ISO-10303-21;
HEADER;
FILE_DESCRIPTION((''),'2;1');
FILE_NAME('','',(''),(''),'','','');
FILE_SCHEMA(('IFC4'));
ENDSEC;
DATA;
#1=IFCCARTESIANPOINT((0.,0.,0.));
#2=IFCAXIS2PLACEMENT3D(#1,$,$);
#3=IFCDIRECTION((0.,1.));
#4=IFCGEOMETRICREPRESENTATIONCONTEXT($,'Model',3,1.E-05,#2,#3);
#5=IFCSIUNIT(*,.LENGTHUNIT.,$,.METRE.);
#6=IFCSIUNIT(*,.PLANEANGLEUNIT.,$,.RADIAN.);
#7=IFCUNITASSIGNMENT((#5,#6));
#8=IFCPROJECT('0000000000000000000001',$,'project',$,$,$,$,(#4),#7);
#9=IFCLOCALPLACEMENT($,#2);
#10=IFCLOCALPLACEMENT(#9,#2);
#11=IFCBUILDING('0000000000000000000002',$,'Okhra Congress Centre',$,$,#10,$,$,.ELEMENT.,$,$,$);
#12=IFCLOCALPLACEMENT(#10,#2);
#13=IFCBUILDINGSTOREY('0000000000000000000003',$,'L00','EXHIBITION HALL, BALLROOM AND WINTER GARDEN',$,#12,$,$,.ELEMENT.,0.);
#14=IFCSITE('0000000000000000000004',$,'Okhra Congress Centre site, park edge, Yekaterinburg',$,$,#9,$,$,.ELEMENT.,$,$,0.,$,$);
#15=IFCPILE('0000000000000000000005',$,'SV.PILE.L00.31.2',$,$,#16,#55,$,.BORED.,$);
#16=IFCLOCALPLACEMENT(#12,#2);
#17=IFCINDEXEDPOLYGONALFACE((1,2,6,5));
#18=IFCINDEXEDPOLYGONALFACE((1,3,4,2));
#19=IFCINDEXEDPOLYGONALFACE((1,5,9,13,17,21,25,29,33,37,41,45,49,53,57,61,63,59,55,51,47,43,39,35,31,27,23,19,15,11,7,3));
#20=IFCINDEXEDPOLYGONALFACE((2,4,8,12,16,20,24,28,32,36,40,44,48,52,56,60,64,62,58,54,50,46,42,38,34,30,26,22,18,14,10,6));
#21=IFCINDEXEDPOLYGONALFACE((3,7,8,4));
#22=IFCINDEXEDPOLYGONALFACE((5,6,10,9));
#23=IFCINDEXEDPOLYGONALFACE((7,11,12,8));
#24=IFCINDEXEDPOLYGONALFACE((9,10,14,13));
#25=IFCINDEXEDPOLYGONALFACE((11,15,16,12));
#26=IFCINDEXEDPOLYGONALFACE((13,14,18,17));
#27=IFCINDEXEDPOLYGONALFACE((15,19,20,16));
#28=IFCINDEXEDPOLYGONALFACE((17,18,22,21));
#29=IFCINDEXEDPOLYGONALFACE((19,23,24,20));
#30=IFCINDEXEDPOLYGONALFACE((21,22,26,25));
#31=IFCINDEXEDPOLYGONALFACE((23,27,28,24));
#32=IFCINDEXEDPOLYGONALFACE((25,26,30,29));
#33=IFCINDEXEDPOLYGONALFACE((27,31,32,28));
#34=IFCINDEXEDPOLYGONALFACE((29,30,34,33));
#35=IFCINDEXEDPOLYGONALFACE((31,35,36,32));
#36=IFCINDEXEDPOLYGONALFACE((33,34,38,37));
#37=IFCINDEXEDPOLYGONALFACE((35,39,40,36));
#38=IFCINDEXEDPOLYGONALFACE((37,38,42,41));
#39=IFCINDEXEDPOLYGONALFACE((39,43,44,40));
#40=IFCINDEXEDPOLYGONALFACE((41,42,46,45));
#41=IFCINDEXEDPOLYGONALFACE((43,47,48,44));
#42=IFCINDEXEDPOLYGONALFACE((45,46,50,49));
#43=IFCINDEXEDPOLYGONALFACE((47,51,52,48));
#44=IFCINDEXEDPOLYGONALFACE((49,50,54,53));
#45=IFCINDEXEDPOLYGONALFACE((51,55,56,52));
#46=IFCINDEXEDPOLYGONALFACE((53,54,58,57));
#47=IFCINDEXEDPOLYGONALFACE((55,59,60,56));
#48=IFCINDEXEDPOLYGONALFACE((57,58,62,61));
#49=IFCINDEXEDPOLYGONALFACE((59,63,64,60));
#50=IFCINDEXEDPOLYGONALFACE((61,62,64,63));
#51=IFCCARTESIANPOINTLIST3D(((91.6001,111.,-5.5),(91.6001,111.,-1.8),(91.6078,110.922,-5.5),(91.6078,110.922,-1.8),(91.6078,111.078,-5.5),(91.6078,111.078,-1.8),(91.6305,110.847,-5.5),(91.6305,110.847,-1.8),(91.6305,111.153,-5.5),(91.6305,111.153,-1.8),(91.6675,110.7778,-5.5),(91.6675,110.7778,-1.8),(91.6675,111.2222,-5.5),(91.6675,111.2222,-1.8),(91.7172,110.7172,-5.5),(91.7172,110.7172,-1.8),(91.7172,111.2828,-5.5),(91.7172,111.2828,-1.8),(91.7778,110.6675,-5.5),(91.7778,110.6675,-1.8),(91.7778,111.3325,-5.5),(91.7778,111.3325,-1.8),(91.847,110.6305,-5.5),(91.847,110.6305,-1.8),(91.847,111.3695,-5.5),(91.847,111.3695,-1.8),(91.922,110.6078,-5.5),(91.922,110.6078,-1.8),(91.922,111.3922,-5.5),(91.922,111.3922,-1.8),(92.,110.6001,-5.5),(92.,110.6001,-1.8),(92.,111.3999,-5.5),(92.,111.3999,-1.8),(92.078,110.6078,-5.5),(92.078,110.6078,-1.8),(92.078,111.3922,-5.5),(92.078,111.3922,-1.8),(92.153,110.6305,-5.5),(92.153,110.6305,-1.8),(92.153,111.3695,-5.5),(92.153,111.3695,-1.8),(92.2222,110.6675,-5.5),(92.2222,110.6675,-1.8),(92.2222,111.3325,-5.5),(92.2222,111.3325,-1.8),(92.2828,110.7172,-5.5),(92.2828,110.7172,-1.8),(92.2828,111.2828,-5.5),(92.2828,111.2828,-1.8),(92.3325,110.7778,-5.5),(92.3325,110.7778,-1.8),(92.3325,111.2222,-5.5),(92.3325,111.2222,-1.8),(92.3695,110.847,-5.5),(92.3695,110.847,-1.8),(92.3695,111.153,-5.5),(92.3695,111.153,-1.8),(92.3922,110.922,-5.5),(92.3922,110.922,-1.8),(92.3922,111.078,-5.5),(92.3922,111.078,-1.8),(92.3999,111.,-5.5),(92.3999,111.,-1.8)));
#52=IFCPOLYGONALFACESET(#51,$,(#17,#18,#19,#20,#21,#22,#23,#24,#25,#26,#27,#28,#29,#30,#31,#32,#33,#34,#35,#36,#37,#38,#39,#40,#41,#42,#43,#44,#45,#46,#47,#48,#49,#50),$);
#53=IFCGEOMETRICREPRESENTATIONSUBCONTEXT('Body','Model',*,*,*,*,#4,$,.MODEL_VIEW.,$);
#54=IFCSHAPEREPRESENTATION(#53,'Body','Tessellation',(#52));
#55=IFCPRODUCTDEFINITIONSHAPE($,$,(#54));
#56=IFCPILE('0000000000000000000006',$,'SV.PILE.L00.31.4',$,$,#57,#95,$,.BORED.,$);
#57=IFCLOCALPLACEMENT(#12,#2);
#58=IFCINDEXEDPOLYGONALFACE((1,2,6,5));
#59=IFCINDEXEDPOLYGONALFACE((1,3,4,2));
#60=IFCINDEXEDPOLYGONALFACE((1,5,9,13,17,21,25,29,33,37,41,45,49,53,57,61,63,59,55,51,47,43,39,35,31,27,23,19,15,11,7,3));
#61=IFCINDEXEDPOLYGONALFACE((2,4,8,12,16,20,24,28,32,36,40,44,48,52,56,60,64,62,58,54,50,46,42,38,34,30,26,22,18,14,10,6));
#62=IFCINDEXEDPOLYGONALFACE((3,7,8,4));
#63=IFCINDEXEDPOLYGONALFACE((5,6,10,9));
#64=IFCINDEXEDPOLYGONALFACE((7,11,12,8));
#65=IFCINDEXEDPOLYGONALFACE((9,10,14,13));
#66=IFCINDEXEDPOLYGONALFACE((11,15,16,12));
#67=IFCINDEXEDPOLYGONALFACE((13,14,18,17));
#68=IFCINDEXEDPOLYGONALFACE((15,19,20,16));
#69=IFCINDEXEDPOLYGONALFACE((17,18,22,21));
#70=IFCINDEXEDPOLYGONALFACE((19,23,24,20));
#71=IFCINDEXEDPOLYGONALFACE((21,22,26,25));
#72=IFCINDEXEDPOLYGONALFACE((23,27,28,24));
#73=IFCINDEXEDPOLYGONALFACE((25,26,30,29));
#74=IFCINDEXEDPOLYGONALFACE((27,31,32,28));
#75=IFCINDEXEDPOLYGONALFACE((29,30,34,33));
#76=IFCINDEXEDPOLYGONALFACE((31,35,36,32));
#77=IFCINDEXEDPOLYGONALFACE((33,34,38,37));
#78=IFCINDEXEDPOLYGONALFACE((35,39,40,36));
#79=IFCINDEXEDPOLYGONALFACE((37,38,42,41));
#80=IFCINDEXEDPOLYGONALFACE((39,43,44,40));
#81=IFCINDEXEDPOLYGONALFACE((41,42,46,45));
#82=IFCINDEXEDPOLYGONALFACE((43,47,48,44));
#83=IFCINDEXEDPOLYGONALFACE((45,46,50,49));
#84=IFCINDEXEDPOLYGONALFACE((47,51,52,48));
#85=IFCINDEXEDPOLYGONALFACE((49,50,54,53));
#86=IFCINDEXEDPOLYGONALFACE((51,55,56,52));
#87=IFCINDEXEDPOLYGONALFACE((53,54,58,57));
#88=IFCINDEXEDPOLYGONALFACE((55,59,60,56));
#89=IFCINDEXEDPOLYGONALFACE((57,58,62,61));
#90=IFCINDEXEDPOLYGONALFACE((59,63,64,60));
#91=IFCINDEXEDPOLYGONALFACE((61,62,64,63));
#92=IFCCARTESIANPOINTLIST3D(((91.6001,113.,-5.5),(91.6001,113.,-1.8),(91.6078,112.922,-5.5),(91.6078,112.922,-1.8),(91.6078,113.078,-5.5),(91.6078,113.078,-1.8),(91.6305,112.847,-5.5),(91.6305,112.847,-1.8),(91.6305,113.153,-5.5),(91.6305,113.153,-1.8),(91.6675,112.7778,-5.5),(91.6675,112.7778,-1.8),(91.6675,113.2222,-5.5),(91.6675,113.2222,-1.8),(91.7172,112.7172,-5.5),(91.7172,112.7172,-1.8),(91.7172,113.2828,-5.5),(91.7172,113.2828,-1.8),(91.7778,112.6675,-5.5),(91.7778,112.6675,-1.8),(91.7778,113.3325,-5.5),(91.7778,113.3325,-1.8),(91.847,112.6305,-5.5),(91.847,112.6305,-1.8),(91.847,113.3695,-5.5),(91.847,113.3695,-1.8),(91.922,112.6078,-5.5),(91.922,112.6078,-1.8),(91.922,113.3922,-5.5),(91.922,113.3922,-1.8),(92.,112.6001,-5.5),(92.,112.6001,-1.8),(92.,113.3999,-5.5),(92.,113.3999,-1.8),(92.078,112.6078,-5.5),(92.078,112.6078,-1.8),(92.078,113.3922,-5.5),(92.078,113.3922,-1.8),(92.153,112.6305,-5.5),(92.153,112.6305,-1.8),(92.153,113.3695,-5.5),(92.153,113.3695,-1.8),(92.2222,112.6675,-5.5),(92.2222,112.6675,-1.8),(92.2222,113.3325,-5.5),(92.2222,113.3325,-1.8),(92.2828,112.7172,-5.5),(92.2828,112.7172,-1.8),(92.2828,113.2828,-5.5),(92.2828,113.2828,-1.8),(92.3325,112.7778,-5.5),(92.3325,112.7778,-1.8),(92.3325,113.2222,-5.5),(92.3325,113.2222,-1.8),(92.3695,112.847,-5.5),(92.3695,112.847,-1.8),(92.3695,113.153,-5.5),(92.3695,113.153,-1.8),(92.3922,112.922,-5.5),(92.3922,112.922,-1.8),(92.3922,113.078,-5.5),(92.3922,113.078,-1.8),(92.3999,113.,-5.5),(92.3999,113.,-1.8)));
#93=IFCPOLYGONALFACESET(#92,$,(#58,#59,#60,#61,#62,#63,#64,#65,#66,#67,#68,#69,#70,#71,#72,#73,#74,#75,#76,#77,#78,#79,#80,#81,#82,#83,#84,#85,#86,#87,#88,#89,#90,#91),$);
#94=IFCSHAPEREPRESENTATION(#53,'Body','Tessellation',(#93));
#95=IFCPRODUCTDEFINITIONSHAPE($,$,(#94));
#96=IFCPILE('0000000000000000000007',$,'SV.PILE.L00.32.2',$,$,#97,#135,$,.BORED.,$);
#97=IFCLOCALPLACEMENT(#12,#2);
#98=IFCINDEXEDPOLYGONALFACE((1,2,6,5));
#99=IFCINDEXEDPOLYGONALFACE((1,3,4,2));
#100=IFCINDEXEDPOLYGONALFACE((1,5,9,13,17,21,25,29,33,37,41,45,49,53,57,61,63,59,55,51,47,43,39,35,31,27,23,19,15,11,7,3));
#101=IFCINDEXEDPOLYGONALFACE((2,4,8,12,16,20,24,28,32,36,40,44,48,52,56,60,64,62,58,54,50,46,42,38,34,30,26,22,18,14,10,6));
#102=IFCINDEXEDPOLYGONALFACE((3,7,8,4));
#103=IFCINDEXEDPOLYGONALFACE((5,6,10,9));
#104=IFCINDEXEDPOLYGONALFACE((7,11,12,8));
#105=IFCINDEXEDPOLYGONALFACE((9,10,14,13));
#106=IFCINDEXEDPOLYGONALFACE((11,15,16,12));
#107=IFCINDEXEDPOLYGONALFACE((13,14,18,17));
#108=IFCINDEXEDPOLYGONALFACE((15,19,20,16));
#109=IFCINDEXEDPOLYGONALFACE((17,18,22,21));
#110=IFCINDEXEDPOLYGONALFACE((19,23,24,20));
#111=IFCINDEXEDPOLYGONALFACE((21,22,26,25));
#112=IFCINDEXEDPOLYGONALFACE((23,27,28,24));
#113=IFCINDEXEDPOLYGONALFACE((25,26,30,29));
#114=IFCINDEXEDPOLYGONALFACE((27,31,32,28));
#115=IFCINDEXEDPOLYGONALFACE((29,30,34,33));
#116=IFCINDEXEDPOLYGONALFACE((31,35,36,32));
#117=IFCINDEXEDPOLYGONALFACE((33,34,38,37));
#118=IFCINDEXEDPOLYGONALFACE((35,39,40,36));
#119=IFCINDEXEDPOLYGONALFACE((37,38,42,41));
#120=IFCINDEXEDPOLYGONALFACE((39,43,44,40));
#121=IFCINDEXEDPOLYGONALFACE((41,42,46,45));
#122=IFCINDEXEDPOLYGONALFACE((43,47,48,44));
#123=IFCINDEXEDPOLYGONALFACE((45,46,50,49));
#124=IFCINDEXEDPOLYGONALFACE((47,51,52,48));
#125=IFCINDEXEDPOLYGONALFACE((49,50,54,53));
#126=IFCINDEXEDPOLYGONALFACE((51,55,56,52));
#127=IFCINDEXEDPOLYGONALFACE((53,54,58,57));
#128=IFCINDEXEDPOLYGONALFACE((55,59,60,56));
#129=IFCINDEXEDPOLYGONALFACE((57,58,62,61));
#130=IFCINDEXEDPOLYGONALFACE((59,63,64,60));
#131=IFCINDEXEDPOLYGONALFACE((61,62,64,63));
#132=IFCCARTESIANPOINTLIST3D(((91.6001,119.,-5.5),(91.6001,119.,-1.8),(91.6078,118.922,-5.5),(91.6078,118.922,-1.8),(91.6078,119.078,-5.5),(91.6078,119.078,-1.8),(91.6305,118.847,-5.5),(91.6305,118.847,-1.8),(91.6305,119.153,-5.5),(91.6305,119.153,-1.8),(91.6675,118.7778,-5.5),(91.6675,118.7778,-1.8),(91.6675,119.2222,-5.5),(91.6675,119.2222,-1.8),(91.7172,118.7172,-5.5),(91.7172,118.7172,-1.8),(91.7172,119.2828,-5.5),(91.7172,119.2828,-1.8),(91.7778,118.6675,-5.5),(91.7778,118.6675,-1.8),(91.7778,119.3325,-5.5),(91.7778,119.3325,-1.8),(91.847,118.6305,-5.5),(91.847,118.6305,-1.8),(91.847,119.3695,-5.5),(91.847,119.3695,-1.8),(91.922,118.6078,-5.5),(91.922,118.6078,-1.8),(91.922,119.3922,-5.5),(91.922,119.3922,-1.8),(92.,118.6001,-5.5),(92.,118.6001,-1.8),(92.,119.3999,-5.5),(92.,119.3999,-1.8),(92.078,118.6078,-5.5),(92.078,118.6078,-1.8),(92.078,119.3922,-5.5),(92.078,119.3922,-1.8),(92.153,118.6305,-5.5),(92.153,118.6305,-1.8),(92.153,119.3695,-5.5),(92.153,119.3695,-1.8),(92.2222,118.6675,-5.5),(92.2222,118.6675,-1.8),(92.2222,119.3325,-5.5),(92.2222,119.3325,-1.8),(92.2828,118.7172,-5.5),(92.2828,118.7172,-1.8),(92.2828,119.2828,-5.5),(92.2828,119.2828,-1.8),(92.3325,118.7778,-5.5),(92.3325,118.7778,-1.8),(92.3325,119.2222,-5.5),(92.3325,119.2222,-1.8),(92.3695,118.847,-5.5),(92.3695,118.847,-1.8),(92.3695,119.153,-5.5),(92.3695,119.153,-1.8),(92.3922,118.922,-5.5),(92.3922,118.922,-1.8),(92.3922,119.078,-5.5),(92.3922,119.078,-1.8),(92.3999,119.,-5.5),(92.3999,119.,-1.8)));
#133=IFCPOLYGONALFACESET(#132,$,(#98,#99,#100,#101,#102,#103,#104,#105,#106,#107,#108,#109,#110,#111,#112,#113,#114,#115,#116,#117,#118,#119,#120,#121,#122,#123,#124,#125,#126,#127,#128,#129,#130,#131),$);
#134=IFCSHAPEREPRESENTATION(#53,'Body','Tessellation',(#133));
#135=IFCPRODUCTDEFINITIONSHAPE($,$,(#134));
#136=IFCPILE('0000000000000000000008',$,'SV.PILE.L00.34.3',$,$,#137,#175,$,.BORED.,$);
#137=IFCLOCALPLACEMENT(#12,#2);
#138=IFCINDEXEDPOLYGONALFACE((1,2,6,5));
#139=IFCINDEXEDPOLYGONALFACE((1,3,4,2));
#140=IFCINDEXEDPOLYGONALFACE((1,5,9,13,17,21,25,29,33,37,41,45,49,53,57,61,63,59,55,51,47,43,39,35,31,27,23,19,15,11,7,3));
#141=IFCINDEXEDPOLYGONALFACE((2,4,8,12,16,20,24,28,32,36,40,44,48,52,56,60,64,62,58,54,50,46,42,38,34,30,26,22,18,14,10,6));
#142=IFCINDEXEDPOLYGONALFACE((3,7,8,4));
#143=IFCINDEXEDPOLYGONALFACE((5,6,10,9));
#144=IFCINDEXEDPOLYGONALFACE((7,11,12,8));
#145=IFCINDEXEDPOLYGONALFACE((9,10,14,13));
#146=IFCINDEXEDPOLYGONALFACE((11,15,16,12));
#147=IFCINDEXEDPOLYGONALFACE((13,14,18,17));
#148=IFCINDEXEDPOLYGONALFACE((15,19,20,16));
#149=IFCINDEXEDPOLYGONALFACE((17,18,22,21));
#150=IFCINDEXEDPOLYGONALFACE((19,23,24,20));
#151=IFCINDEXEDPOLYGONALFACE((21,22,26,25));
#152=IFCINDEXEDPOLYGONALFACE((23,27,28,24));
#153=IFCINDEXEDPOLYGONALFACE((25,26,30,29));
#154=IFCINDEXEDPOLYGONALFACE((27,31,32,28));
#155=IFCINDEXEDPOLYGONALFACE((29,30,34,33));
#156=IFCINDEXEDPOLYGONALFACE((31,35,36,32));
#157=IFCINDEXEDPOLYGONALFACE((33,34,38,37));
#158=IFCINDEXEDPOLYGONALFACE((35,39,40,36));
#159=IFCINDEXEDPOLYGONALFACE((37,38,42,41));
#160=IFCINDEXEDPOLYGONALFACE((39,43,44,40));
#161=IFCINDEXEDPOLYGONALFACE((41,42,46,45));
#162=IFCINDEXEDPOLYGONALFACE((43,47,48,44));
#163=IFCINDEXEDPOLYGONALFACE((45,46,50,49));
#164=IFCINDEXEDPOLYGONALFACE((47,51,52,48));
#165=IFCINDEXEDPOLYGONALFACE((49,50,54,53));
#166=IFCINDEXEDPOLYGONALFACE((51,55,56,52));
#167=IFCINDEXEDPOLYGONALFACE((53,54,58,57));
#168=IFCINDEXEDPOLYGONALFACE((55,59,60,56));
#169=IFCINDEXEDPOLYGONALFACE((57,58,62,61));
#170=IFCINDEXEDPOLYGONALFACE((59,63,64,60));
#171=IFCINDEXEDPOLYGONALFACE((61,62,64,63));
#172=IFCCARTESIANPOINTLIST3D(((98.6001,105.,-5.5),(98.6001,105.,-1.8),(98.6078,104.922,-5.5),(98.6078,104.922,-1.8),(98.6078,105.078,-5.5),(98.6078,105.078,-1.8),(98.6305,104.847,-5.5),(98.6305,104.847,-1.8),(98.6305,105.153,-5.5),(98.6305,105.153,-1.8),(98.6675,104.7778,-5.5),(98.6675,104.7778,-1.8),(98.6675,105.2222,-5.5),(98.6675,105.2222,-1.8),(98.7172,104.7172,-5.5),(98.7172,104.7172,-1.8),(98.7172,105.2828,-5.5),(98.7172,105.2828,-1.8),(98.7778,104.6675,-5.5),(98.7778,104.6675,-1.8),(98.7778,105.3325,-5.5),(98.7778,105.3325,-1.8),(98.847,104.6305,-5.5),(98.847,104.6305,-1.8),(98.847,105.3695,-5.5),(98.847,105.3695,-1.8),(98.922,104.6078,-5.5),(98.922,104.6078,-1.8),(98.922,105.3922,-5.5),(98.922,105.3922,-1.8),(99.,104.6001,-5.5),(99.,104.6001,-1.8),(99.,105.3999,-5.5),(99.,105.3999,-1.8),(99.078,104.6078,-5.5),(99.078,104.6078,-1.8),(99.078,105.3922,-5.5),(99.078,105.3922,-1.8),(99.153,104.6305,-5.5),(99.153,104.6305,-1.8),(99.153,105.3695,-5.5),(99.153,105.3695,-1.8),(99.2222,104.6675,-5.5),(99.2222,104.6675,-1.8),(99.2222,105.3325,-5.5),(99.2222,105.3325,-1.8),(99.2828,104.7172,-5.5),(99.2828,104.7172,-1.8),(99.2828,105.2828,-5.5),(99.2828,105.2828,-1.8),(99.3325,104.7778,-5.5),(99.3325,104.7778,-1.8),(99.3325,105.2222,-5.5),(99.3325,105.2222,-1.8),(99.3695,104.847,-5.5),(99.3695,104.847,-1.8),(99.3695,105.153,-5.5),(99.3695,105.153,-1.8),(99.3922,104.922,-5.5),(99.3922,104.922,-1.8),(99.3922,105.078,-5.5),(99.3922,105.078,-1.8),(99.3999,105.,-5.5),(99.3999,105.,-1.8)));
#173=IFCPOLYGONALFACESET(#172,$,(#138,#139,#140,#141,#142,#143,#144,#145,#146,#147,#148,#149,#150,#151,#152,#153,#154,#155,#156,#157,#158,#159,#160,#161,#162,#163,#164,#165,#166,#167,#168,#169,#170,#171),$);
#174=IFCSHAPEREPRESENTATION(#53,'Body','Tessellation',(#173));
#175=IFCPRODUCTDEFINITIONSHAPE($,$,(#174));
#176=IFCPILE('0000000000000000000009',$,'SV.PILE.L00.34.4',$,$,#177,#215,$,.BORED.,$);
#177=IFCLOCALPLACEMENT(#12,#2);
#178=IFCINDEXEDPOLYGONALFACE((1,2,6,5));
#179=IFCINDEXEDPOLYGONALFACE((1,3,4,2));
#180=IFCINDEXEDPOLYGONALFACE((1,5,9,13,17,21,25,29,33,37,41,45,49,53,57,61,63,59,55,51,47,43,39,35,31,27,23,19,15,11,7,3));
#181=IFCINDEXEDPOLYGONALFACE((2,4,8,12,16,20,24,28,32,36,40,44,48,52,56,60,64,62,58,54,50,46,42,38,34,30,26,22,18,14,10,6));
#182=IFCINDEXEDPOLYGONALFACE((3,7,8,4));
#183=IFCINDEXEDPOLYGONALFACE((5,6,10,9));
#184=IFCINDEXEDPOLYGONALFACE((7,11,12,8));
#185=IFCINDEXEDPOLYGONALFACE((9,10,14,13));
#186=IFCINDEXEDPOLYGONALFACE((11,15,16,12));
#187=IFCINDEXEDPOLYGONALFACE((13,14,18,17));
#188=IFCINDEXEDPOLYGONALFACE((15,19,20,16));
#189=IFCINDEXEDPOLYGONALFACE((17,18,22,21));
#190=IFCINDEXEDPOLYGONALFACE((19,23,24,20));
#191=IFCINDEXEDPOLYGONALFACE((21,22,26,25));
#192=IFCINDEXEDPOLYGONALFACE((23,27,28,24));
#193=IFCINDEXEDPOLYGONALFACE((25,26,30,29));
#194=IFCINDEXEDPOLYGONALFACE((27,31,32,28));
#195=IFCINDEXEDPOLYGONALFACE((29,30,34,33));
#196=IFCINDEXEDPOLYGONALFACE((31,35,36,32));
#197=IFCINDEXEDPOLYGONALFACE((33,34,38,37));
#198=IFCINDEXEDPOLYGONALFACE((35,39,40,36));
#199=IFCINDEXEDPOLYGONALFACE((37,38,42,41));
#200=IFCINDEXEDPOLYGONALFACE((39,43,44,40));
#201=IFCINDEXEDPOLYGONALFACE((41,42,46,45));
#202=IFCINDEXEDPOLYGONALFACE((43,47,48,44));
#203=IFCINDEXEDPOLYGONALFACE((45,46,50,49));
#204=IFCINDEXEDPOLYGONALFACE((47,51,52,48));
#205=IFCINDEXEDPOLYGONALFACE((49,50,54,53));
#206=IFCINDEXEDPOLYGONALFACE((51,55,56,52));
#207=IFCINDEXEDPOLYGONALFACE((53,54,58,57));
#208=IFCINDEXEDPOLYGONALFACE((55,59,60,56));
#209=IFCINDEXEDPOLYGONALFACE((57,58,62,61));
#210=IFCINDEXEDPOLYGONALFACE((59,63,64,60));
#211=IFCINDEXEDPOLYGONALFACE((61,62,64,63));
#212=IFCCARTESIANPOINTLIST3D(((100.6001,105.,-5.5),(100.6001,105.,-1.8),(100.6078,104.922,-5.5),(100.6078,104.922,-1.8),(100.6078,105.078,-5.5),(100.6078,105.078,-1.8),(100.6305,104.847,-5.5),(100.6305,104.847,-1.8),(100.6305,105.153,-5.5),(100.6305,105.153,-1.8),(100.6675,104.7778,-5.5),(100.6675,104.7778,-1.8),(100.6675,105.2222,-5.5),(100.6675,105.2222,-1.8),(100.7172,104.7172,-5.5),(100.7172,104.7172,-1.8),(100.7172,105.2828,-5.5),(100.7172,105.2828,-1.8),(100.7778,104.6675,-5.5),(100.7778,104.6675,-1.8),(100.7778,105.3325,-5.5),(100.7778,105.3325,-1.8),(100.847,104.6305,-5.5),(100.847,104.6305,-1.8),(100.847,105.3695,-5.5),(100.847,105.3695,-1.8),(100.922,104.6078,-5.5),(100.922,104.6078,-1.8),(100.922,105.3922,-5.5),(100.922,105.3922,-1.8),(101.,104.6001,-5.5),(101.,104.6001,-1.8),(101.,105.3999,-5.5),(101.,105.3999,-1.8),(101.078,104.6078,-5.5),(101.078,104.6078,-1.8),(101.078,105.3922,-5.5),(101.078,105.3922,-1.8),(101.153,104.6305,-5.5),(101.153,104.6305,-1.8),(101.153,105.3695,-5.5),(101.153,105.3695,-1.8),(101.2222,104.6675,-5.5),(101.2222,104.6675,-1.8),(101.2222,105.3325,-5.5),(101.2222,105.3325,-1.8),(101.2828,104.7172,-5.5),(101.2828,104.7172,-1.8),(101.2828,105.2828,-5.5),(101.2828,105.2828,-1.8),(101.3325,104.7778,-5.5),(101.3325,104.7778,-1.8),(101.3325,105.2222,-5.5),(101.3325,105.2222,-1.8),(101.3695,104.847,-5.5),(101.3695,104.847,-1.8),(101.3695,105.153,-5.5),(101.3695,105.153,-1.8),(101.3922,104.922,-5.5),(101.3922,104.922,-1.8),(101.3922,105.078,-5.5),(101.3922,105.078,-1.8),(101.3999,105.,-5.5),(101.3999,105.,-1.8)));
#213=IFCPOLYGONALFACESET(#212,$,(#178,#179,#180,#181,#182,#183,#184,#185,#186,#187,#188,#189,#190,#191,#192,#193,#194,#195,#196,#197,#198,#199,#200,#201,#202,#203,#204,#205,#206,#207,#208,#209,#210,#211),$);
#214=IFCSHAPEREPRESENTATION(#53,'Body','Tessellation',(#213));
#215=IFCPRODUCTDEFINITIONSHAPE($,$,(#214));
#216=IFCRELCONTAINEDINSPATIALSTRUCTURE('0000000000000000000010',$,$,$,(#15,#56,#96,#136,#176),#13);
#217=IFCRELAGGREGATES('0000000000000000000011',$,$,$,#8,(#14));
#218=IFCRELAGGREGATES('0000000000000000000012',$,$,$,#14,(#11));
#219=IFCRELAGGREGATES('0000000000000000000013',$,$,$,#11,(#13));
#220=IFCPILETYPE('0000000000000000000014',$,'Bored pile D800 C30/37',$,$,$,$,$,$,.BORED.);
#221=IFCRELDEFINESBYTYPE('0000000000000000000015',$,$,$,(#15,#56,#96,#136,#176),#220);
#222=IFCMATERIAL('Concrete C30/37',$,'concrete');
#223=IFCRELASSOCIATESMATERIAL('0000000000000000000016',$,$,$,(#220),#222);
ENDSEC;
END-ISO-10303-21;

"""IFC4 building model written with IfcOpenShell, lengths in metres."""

from ifc_helpers import new_model, si_unit, direction, frame, origin, origin_2d, place, context, subcontext, project, spatial, circle, extrude, material, material_profile, profile_set, type_object, element, save


model = new_model("IFC4")

# Units and contexts
model_context = context("Model", 3, precision=1e-05, world=origin(), true_north=direction((0.0, 1.0)))
body_context = subcontext(model_context, "Body", "Model", "MODEL_VIEW")
ifc_project = project(units=[si_unit("LENGTHUNIT", "METRE"), si_unit("PLANEANGLEUNIT", "RADIAN")], contexts=[model_context])

# Site, building, storey
site_placement = place(None, origin())
site = spatial("IfcSite", under=ifc_project, at=site_placement, Name="Okhra Congress Centre site, park edge, Yekaterinburg", CompositionType="ELEMENT", RefElevation=0.0)
building_placement = place(site_placement, origin())
building = spatial("IfcBuilding", under=site, at=building_placement, Name="Okhra Congress Centre", CompositionType="ELEMENT")
storey_placement = place(building_placement, origin())
storey = spatial("IfcBuildingStorey", under=building, at=storey_placement, Name="L00", Description="EXHIBITION HALL, BALLROOM AND WINTER GARDEN", CompositionType="ELEMENT", Elevation=0.0)

# Piles
ifc_material_1 = material(Name="Concrete C30/37", Category="concrete")
ifc_material_profile_1 = material_profile(ifc_material_1, circle(Radius=0.3999, at=origin_2d()), Name="D800")
ifc_profile_set_1 = profile_set([ifc_material_profile_1], Name="Concrete C30/37")
pile_type = type_object("IfcPileType", Name="Bored pile D800 C30/37", PredefinedType="BORED", material=ifc_profile_set_1)
for number, where, z_axis, x_axis, name in (
    (1, (92.0, 111.0, -1.8), (0.0, 0.0, -1.0), (1.0, 0.0, 0.0), "SV.PILE.L00.31.2"),
    (2, (92.0, 113.0, -1.8), (0.0, 0.0, -1.0), (1.0, 0.0, 0.0), "SV.PILE.L00.31.4"),
    (3, (92.0, 119.0, -1.8), (0.0, 0.0, -1.0), (1.0, 0.0, 0.0), "SV.PILE.L00.32.2"),
    (4, (99.0, 105.0, -1.8), (0.0, 0.0, -1.0), (1.0, 0.0, 0.0), "SV.PILE.L00.34.3"),
    (5, (101.0, 105.0, -1.8), (0.0, 0.0, -1.0), (1.0, 0.0, 0.0), "SV.PILE.L00.34.4"),
):
    element("IfcPile", number, at=place(storey_placement, frame(where, z_axis=z_axis, x_axis=x_axis)), inside=storey, type_object=pile_type, Name=name, PredefinedType="BORED", context=body_context, shape_type="SweptSolid", body=[
        extrude(circle(Radius=0.3999, at=origin_2d()), origin(), (0.0, 0.0, 1.0), 3.7),
    ])

save(model, "model.ifc")
